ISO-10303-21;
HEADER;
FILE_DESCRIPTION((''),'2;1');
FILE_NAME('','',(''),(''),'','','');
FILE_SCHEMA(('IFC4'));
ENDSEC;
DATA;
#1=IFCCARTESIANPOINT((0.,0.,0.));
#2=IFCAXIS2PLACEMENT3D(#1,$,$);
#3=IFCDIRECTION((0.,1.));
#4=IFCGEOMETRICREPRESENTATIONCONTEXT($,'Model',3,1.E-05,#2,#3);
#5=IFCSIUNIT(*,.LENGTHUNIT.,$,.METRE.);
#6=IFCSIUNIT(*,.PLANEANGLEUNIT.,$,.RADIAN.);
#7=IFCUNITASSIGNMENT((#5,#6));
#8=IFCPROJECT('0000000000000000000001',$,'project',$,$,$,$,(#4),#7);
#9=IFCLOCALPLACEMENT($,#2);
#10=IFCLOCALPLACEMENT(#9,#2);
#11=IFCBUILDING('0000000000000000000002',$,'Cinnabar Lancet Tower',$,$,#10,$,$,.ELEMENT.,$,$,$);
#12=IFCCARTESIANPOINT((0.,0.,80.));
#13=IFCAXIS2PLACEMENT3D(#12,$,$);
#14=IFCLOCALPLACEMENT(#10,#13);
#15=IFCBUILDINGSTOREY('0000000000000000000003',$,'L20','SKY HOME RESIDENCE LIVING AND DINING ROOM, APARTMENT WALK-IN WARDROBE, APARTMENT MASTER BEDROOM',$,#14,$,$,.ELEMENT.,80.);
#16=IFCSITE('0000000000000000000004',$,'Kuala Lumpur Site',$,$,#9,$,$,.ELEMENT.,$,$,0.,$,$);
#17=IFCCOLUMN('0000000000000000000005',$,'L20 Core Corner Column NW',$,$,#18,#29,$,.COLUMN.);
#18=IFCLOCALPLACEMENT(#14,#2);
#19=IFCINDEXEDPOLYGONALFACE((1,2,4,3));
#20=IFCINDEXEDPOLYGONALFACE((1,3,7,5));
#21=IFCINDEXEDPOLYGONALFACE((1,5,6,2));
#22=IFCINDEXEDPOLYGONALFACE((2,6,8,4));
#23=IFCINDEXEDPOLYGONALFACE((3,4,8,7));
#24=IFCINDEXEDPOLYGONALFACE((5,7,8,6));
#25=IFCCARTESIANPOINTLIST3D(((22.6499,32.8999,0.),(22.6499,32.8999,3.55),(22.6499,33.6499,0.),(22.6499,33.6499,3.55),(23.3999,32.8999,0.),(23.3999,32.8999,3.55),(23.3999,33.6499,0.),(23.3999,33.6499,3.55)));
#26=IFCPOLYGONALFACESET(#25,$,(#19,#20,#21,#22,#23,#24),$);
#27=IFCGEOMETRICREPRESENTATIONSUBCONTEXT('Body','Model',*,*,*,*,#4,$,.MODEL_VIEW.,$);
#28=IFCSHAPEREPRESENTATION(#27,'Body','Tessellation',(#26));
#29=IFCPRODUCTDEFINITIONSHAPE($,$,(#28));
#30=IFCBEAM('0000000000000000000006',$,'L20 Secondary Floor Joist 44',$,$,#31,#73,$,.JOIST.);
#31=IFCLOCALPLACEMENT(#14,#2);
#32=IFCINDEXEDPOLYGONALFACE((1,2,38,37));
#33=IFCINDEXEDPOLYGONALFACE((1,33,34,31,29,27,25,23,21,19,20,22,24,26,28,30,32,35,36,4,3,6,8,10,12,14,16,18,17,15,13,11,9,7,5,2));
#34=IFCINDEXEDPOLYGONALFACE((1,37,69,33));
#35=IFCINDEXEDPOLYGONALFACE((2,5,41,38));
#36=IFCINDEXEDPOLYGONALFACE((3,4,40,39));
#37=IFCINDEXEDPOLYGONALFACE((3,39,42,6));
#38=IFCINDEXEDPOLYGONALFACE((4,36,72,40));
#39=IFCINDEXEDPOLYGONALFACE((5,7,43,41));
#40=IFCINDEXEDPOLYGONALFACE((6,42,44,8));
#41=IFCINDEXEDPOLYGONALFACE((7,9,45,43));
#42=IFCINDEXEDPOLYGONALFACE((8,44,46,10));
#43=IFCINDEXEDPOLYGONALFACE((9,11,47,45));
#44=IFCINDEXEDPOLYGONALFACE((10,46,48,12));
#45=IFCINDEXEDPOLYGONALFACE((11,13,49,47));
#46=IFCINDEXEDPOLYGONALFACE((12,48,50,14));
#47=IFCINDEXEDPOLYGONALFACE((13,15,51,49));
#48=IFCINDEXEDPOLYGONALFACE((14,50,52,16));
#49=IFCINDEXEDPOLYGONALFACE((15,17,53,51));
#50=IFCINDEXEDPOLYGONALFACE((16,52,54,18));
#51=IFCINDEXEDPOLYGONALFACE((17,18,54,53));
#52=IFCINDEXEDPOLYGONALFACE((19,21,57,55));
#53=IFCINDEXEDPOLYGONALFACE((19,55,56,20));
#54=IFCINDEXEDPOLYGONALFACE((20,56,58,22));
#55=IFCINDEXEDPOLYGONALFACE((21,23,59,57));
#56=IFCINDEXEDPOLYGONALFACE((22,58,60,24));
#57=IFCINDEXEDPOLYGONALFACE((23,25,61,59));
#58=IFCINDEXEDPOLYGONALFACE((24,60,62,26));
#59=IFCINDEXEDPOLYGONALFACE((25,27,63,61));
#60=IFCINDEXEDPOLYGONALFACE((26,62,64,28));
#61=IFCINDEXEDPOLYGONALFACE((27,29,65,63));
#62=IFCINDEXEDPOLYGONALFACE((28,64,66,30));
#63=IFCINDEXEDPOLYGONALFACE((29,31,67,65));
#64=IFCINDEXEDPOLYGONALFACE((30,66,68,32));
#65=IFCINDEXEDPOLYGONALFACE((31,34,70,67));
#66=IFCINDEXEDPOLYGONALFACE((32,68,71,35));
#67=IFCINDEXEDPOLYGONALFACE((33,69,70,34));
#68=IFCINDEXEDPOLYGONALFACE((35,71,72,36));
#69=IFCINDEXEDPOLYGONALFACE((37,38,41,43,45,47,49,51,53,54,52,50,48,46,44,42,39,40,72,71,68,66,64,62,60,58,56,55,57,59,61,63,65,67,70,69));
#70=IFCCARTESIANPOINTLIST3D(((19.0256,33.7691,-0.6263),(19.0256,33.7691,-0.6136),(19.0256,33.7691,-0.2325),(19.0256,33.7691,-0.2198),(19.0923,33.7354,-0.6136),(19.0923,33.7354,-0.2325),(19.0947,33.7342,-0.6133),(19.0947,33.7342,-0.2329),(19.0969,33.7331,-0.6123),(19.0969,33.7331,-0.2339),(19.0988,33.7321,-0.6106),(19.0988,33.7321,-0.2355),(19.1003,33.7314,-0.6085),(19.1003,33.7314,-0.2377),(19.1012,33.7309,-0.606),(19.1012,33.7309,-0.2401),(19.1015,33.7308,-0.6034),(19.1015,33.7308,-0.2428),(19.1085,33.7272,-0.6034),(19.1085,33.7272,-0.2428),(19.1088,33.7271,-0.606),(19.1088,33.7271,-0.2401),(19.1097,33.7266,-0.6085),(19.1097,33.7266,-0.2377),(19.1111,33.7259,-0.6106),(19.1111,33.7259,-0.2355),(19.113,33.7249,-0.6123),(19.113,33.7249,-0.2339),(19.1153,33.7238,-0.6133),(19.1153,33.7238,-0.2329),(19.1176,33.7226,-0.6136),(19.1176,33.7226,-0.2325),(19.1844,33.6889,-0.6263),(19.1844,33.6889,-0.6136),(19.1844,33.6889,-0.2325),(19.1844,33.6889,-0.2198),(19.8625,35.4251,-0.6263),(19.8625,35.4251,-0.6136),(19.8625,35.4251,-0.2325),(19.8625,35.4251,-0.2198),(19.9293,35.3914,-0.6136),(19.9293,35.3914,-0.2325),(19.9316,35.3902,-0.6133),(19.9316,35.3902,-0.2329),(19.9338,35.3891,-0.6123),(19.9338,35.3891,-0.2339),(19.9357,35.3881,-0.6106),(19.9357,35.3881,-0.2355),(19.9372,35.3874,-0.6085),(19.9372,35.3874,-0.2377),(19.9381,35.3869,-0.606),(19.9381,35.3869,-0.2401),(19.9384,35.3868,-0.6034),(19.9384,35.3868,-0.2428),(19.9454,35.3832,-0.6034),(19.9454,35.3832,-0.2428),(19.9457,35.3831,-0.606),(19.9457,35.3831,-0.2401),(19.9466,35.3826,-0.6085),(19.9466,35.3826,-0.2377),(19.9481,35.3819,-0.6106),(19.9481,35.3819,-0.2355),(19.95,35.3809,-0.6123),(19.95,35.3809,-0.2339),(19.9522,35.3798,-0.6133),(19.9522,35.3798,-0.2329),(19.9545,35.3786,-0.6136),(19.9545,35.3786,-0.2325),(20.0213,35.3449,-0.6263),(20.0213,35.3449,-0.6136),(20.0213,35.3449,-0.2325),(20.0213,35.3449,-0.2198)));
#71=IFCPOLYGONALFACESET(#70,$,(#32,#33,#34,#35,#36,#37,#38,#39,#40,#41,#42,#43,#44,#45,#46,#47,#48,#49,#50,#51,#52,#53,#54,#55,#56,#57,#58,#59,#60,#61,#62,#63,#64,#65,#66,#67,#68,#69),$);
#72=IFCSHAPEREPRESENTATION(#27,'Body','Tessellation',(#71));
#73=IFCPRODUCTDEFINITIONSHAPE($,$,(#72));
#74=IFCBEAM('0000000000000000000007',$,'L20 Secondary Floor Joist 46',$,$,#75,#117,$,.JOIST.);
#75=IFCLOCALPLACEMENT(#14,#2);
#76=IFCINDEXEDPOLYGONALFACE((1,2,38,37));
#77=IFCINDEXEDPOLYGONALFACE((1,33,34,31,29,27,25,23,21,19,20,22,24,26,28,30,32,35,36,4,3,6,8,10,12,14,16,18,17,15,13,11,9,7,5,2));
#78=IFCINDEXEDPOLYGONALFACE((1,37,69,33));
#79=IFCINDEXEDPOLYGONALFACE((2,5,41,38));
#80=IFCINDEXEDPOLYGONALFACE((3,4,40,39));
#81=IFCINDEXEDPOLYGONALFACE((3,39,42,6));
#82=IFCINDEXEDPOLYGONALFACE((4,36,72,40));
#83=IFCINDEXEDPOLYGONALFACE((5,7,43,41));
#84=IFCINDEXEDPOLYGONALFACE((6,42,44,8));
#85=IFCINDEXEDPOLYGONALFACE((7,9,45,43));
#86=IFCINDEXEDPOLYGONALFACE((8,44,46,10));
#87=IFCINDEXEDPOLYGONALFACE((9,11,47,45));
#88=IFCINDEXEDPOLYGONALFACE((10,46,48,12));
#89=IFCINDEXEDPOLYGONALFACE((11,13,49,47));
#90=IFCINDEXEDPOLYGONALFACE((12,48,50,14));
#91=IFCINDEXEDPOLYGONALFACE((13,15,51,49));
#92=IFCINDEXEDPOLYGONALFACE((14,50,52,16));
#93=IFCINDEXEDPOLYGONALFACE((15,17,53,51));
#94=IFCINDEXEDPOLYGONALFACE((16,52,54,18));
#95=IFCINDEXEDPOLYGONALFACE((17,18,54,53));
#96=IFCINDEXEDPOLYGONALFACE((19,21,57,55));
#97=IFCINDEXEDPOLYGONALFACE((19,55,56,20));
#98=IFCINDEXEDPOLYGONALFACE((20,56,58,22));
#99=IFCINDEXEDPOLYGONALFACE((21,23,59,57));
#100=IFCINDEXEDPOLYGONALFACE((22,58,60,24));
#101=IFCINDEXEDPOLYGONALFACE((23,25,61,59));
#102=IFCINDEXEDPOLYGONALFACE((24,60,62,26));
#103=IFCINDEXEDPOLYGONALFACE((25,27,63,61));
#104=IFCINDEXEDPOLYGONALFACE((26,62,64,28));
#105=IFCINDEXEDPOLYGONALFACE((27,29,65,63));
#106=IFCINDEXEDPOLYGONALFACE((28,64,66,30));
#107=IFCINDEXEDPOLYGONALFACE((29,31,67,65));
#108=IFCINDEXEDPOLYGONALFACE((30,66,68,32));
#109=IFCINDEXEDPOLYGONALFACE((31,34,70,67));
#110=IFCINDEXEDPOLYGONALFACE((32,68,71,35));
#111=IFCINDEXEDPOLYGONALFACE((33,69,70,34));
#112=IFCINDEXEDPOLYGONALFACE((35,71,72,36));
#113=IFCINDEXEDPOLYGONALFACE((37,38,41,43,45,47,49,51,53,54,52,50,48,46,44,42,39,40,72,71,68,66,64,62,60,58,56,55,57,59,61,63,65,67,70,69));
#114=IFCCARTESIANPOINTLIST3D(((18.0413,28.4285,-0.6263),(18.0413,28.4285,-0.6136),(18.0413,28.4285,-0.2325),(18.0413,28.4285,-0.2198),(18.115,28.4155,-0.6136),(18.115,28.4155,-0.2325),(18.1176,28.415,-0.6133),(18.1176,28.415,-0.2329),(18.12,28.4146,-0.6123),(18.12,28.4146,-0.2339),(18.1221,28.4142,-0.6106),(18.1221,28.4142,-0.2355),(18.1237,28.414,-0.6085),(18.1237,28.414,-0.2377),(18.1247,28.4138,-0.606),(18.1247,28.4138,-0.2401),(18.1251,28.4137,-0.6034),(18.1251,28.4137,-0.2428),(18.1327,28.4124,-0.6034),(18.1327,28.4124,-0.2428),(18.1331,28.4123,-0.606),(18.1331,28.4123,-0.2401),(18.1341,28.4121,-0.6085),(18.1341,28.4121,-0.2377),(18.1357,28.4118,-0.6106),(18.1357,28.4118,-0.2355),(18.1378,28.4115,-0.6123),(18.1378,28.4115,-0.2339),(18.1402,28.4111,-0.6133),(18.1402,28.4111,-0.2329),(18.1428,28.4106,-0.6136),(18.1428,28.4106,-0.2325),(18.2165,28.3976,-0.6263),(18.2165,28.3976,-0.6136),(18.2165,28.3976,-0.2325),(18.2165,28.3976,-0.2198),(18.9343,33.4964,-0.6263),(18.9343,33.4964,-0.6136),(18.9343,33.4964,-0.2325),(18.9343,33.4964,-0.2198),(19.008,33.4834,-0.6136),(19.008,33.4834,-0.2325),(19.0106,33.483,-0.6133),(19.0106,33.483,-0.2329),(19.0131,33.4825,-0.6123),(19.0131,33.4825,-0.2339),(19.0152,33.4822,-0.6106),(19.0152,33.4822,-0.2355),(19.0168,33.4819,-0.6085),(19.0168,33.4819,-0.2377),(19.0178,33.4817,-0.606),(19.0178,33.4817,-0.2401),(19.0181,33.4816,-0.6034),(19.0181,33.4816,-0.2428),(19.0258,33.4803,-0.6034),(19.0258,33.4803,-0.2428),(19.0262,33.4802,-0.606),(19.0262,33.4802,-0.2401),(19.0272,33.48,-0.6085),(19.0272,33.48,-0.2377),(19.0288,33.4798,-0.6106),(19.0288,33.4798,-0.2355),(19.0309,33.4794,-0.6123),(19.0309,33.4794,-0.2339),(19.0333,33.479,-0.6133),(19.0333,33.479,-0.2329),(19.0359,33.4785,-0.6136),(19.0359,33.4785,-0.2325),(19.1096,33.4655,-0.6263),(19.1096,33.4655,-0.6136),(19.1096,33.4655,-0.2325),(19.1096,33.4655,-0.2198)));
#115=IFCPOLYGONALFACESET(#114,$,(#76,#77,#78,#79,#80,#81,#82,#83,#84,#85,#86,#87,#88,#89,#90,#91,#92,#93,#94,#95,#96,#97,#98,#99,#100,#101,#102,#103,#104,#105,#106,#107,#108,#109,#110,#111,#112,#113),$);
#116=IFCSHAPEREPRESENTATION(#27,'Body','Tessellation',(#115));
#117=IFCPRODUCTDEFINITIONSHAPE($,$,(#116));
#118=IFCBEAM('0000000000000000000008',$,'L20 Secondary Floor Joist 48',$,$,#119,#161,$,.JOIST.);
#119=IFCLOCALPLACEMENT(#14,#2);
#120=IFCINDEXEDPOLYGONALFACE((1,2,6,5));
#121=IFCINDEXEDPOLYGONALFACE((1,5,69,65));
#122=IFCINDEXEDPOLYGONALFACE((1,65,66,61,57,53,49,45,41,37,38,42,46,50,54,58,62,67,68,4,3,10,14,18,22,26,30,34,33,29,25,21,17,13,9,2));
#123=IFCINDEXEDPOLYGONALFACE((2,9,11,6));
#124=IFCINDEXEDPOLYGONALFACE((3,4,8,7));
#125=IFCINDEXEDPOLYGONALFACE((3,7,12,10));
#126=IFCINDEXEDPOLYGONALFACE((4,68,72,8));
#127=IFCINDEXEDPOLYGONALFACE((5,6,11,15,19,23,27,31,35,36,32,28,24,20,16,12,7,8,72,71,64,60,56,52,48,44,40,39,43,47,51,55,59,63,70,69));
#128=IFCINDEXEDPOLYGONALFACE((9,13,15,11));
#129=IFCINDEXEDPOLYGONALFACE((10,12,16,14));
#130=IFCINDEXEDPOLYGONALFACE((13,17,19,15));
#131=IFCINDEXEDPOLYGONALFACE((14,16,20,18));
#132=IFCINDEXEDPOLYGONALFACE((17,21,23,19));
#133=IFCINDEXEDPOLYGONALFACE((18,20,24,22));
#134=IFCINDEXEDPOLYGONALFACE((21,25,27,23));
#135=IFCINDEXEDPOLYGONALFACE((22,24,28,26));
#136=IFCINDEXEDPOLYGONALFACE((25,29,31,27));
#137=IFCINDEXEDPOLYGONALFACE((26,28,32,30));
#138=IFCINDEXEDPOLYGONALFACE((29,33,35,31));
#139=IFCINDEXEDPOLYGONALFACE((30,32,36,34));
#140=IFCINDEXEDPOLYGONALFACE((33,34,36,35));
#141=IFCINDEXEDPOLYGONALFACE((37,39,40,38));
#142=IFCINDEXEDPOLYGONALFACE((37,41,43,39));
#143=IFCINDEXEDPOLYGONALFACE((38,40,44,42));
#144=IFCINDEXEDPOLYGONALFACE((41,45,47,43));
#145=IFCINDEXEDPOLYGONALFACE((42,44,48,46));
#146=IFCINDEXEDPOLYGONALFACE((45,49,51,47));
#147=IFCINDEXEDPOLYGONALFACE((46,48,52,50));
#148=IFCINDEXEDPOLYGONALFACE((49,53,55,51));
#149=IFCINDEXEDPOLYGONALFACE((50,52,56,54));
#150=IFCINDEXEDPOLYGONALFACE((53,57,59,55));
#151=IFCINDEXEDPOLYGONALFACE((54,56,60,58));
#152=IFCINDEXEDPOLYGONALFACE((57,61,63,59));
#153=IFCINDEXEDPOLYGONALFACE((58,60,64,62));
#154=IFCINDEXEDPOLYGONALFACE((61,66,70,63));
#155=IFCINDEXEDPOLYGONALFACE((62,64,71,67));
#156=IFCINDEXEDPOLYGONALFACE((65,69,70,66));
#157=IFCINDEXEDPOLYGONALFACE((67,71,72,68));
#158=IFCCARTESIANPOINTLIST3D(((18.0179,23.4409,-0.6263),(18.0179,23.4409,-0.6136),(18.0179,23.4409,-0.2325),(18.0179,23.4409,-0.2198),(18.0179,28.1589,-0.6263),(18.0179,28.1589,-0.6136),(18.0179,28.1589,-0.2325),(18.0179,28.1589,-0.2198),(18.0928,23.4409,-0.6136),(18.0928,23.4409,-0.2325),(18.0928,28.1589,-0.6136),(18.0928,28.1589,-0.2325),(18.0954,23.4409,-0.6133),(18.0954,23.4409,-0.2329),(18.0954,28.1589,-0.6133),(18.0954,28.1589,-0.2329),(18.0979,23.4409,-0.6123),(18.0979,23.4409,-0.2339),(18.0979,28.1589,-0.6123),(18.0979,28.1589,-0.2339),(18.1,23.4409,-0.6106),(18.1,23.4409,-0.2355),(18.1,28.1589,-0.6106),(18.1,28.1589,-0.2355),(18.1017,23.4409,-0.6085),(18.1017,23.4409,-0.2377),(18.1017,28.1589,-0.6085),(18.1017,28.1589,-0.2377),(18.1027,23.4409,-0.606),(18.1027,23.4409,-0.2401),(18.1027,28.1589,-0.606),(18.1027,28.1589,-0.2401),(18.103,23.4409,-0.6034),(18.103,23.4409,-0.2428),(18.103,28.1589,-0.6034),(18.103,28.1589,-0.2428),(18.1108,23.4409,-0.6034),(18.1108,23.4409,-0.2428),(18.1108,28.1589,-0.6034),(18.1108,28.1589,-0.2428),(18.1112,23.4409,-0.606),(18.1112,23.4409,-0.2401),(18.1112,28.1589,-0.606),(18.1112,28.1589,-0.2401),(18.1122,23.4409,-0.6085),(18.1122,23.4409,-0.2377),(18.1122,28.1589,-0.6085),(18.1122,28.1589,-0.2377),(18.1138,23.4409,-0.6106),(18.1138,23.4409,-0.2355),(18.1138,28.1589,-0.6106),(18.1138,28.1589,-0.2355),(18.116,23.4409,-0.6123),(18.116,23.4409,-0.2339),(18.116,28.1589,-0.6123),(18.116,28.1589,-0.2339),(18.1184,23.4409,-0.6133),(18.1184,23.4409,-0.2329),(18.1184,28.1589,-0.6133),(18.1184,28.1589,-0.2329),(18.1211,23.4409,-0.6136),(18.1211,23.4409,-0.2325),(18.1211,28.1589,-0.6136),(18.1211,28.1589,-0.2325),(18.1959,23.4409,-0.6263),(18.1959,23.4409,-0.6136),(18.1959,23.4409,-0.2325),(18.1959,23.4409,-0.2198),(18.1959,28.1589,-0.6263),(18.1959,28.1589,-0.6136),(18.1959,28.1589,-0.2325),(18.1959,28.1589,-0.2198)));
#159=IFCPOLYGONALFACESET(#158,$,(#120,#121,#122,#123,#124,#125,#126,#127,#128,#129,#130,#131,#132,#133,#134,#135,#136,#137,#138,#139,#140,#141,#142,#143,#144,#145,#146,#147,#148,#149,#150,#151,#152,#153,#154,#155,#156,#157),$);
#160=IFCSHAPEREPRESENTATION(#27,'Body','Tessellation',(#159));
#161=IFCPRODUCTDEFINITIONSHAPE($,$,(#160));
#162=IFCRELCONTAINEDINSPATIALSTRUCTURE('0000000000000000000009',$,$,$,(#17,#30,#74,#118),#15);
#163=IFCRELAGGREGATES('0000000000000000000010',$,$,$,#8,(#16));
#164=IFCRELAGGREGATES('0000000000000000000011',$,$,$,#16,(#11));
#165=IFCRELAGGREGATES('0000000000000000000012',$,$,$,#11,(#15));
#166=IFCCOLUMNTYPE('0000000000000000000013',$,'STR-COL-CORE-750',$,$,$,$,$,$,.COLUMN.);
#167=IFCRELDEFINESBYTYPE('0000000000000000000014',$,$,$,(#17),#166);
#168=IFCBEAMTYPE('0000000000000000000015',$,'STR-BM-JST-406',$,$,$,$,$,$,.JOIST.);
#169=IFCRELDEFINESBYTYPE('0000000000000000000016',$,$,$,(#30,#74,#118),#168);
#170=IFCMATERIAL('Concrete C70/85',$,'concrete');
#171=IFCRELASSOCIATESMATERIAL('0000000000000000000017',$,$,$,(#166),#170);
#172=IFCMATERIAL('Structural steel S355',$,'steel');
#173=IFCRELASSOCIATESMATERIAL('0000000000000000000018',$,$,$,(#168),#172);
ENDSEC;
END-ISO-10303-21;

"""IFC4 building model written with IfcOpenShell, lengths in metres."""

from ifc_helpers import new_model, si_unit, direction, frame, origin, origin_2d, place, context, subcontext, project, spatial, rectangle, i_section, extrude, material, material_profile, profile_set, type_object, element, save


model = new_model("IFC4")

# Units and contexts
model_context = context("Model", 3, precision=1e-05, world=origin(), true_north=direction((0.0, 1.0)))
body_context = subcontext(model_context, "Body", "Model", "MODEL_VIEW")
ifc_project = project(units=[si_unit("LENGTHUNIT", "METRE"), si_unit("PLANEANGLEUNIT", "RADIAN")], contexts=[model_context])

# Site, building, storey
site_placement = place(None, origin())
site = spatial("IfcSite", under=ifc_project, at=site_placement, Name="Kuala Lumpur Site", CompositionType="ELEMENT", RefElevation=0.0)
building_placement = place(site_placement, origin())
building = spatial("IfcBuilding", under=site, at=building_placement, Name="Cinnabar Lancet Tower", CompositionType="ELEMENT")
storey_placement = place(building_placement, frame((0.0, 0.0, 80.0)))
storey = spatial("IfcBuildingStorey", under=building, at=storey_placement, Name="L20", Description="SKY HOME RESIDENCE LIVING AND DINING ROOM, APARTMENT WALK-IN WARDROBE, APARTMENT MASTER BEDROOM", CompositionType="ELEMENT", Elevation=80.0)

# Column
ifc_material_1 = material(Name="Concrete C70/85", Category="concrete")
ifc_material_profile_1 = material_profile(ifc_material_1, rectangle(XDim=0.75, YDim=0.75, at=origin_2d()), Name="RC-COL 750x750")
ifc_profile_set_1 = profile_set([ifc_material_profile_1], Name="Concrete C70/85")
column_type = type_object("IfcColumnType", Name="STR-COL-CORE-750", PredefinedType="COLUMN", material=ifc_profile_set_1)
column_placement = place(storey_placement, frame((23.0249, 33.2749, 0.0), z_axis=(0.0, 0.0, 1.0), x_axis=(1.0, 0.0, 0.0)))
element("IfcColumn", 1, at=column_placement, inside=storey, type_object=column_type, Name="L20 Core Corner Column NW", PredefinedType="COLUMN", context=body_context, shape_type="SweptSolid", body=[
    extrude(rectangle(XDim=0.75, YDim=0.75, at=origin_2d()), origin(), (0.0, 0.0, 1.0), 3.55),
])

# Beams
ifc_material_2 = material(Name="Structural steel S355", Category="steel")
ifc_material_profile_2 = material_profile(ifc_material_2, i_section(OverallWidth=0.178, OverallDepth=0.4065, WebThickness=0.0078, FlangeThickness=0.0127, FilletRadius=0.0103, at=origin_2d()), Name="UKB 406x178x60")
ifc_profile_set_2 = profile_set([ifc_material_profile_2], Name="Structural steel S355")
beam_type_1 = type_object("IfcBeamType", Name="STR-BM-JST-406", PredefinedType="JOIST", material=ifc_profile_set_2)
beam_1_placement = place(storey_placement, frame((19.9419, 35.385, -0.4231), z_axis=(-0.451052, -0.892498, 0.0), x_axis=(0.892498, -0.451052, 0.0)))
element("IfcBeam", 2, at=beam_1_placement, inside=storey, type_object=beam_type_1, Name="L20 Secondary Floor Joist 44", PredefinedType="JOIST", context=body_context, shape_type="SweptSolid", body=[
    extrude(i_section(OverallWidth=0.178, OverallDepth=0.4065, WebThickness=0.0078, FlangeThickness=0.0127, FilletRadius=0.0103, at=origin_2d()), origin(), (0.0, 0.0, 1.0), 1.8555),
])
beam_2_placement = place(storey_placement, frame((19.022, 33.481, -0.4231), z_axis=(-0.173547, -0.984826, 0.0), x_axis=(0.984826, -0.173547, 0.0)))
element("IfcBeam", 3, at=beam_2_placement, inside=storey, type_object=beam_type_1, Name="L20 Secondary Floor Joist 46", PredefinedType="JOIST", context=body_context, shape_type="SweptSolid", body=[
    extrude(i_section(OverallWidth=0.178, OverallDepth=0.4065, WebThickness=0.0078, FlangeThickness=0.0127, FilletRadius=0.0103, at=origin_2d()), origin(), (0.0, 0.0, 1.0), 5.146),
])
beam_3_placement = place(storey_placement, frame((18.1069, 28.1589, -0.4231), z_axis=(0.0, -1.0, 0.0), x_axis=(1.0, 0.0, 0.0)))
element("IfcBeam", 4, at=beam_3_placement, inside=storey, type_object=beam_type_1, Name="L20 Secondary Floor Joist 48", PredefinedType="JOIST", context=body_context, shape_type="SweptSolid", body=[
    extrude(i_section(OverallWidth=0.178, OverallDepth=0.4065, WebThickness=0.0078, FlangeThickness=0.0127, FilletRadius=0.0103, at=origin_2d()), origin(), (0.0, 0.0, 1.0), 4.718),
])

save(model, "model.ifc")
